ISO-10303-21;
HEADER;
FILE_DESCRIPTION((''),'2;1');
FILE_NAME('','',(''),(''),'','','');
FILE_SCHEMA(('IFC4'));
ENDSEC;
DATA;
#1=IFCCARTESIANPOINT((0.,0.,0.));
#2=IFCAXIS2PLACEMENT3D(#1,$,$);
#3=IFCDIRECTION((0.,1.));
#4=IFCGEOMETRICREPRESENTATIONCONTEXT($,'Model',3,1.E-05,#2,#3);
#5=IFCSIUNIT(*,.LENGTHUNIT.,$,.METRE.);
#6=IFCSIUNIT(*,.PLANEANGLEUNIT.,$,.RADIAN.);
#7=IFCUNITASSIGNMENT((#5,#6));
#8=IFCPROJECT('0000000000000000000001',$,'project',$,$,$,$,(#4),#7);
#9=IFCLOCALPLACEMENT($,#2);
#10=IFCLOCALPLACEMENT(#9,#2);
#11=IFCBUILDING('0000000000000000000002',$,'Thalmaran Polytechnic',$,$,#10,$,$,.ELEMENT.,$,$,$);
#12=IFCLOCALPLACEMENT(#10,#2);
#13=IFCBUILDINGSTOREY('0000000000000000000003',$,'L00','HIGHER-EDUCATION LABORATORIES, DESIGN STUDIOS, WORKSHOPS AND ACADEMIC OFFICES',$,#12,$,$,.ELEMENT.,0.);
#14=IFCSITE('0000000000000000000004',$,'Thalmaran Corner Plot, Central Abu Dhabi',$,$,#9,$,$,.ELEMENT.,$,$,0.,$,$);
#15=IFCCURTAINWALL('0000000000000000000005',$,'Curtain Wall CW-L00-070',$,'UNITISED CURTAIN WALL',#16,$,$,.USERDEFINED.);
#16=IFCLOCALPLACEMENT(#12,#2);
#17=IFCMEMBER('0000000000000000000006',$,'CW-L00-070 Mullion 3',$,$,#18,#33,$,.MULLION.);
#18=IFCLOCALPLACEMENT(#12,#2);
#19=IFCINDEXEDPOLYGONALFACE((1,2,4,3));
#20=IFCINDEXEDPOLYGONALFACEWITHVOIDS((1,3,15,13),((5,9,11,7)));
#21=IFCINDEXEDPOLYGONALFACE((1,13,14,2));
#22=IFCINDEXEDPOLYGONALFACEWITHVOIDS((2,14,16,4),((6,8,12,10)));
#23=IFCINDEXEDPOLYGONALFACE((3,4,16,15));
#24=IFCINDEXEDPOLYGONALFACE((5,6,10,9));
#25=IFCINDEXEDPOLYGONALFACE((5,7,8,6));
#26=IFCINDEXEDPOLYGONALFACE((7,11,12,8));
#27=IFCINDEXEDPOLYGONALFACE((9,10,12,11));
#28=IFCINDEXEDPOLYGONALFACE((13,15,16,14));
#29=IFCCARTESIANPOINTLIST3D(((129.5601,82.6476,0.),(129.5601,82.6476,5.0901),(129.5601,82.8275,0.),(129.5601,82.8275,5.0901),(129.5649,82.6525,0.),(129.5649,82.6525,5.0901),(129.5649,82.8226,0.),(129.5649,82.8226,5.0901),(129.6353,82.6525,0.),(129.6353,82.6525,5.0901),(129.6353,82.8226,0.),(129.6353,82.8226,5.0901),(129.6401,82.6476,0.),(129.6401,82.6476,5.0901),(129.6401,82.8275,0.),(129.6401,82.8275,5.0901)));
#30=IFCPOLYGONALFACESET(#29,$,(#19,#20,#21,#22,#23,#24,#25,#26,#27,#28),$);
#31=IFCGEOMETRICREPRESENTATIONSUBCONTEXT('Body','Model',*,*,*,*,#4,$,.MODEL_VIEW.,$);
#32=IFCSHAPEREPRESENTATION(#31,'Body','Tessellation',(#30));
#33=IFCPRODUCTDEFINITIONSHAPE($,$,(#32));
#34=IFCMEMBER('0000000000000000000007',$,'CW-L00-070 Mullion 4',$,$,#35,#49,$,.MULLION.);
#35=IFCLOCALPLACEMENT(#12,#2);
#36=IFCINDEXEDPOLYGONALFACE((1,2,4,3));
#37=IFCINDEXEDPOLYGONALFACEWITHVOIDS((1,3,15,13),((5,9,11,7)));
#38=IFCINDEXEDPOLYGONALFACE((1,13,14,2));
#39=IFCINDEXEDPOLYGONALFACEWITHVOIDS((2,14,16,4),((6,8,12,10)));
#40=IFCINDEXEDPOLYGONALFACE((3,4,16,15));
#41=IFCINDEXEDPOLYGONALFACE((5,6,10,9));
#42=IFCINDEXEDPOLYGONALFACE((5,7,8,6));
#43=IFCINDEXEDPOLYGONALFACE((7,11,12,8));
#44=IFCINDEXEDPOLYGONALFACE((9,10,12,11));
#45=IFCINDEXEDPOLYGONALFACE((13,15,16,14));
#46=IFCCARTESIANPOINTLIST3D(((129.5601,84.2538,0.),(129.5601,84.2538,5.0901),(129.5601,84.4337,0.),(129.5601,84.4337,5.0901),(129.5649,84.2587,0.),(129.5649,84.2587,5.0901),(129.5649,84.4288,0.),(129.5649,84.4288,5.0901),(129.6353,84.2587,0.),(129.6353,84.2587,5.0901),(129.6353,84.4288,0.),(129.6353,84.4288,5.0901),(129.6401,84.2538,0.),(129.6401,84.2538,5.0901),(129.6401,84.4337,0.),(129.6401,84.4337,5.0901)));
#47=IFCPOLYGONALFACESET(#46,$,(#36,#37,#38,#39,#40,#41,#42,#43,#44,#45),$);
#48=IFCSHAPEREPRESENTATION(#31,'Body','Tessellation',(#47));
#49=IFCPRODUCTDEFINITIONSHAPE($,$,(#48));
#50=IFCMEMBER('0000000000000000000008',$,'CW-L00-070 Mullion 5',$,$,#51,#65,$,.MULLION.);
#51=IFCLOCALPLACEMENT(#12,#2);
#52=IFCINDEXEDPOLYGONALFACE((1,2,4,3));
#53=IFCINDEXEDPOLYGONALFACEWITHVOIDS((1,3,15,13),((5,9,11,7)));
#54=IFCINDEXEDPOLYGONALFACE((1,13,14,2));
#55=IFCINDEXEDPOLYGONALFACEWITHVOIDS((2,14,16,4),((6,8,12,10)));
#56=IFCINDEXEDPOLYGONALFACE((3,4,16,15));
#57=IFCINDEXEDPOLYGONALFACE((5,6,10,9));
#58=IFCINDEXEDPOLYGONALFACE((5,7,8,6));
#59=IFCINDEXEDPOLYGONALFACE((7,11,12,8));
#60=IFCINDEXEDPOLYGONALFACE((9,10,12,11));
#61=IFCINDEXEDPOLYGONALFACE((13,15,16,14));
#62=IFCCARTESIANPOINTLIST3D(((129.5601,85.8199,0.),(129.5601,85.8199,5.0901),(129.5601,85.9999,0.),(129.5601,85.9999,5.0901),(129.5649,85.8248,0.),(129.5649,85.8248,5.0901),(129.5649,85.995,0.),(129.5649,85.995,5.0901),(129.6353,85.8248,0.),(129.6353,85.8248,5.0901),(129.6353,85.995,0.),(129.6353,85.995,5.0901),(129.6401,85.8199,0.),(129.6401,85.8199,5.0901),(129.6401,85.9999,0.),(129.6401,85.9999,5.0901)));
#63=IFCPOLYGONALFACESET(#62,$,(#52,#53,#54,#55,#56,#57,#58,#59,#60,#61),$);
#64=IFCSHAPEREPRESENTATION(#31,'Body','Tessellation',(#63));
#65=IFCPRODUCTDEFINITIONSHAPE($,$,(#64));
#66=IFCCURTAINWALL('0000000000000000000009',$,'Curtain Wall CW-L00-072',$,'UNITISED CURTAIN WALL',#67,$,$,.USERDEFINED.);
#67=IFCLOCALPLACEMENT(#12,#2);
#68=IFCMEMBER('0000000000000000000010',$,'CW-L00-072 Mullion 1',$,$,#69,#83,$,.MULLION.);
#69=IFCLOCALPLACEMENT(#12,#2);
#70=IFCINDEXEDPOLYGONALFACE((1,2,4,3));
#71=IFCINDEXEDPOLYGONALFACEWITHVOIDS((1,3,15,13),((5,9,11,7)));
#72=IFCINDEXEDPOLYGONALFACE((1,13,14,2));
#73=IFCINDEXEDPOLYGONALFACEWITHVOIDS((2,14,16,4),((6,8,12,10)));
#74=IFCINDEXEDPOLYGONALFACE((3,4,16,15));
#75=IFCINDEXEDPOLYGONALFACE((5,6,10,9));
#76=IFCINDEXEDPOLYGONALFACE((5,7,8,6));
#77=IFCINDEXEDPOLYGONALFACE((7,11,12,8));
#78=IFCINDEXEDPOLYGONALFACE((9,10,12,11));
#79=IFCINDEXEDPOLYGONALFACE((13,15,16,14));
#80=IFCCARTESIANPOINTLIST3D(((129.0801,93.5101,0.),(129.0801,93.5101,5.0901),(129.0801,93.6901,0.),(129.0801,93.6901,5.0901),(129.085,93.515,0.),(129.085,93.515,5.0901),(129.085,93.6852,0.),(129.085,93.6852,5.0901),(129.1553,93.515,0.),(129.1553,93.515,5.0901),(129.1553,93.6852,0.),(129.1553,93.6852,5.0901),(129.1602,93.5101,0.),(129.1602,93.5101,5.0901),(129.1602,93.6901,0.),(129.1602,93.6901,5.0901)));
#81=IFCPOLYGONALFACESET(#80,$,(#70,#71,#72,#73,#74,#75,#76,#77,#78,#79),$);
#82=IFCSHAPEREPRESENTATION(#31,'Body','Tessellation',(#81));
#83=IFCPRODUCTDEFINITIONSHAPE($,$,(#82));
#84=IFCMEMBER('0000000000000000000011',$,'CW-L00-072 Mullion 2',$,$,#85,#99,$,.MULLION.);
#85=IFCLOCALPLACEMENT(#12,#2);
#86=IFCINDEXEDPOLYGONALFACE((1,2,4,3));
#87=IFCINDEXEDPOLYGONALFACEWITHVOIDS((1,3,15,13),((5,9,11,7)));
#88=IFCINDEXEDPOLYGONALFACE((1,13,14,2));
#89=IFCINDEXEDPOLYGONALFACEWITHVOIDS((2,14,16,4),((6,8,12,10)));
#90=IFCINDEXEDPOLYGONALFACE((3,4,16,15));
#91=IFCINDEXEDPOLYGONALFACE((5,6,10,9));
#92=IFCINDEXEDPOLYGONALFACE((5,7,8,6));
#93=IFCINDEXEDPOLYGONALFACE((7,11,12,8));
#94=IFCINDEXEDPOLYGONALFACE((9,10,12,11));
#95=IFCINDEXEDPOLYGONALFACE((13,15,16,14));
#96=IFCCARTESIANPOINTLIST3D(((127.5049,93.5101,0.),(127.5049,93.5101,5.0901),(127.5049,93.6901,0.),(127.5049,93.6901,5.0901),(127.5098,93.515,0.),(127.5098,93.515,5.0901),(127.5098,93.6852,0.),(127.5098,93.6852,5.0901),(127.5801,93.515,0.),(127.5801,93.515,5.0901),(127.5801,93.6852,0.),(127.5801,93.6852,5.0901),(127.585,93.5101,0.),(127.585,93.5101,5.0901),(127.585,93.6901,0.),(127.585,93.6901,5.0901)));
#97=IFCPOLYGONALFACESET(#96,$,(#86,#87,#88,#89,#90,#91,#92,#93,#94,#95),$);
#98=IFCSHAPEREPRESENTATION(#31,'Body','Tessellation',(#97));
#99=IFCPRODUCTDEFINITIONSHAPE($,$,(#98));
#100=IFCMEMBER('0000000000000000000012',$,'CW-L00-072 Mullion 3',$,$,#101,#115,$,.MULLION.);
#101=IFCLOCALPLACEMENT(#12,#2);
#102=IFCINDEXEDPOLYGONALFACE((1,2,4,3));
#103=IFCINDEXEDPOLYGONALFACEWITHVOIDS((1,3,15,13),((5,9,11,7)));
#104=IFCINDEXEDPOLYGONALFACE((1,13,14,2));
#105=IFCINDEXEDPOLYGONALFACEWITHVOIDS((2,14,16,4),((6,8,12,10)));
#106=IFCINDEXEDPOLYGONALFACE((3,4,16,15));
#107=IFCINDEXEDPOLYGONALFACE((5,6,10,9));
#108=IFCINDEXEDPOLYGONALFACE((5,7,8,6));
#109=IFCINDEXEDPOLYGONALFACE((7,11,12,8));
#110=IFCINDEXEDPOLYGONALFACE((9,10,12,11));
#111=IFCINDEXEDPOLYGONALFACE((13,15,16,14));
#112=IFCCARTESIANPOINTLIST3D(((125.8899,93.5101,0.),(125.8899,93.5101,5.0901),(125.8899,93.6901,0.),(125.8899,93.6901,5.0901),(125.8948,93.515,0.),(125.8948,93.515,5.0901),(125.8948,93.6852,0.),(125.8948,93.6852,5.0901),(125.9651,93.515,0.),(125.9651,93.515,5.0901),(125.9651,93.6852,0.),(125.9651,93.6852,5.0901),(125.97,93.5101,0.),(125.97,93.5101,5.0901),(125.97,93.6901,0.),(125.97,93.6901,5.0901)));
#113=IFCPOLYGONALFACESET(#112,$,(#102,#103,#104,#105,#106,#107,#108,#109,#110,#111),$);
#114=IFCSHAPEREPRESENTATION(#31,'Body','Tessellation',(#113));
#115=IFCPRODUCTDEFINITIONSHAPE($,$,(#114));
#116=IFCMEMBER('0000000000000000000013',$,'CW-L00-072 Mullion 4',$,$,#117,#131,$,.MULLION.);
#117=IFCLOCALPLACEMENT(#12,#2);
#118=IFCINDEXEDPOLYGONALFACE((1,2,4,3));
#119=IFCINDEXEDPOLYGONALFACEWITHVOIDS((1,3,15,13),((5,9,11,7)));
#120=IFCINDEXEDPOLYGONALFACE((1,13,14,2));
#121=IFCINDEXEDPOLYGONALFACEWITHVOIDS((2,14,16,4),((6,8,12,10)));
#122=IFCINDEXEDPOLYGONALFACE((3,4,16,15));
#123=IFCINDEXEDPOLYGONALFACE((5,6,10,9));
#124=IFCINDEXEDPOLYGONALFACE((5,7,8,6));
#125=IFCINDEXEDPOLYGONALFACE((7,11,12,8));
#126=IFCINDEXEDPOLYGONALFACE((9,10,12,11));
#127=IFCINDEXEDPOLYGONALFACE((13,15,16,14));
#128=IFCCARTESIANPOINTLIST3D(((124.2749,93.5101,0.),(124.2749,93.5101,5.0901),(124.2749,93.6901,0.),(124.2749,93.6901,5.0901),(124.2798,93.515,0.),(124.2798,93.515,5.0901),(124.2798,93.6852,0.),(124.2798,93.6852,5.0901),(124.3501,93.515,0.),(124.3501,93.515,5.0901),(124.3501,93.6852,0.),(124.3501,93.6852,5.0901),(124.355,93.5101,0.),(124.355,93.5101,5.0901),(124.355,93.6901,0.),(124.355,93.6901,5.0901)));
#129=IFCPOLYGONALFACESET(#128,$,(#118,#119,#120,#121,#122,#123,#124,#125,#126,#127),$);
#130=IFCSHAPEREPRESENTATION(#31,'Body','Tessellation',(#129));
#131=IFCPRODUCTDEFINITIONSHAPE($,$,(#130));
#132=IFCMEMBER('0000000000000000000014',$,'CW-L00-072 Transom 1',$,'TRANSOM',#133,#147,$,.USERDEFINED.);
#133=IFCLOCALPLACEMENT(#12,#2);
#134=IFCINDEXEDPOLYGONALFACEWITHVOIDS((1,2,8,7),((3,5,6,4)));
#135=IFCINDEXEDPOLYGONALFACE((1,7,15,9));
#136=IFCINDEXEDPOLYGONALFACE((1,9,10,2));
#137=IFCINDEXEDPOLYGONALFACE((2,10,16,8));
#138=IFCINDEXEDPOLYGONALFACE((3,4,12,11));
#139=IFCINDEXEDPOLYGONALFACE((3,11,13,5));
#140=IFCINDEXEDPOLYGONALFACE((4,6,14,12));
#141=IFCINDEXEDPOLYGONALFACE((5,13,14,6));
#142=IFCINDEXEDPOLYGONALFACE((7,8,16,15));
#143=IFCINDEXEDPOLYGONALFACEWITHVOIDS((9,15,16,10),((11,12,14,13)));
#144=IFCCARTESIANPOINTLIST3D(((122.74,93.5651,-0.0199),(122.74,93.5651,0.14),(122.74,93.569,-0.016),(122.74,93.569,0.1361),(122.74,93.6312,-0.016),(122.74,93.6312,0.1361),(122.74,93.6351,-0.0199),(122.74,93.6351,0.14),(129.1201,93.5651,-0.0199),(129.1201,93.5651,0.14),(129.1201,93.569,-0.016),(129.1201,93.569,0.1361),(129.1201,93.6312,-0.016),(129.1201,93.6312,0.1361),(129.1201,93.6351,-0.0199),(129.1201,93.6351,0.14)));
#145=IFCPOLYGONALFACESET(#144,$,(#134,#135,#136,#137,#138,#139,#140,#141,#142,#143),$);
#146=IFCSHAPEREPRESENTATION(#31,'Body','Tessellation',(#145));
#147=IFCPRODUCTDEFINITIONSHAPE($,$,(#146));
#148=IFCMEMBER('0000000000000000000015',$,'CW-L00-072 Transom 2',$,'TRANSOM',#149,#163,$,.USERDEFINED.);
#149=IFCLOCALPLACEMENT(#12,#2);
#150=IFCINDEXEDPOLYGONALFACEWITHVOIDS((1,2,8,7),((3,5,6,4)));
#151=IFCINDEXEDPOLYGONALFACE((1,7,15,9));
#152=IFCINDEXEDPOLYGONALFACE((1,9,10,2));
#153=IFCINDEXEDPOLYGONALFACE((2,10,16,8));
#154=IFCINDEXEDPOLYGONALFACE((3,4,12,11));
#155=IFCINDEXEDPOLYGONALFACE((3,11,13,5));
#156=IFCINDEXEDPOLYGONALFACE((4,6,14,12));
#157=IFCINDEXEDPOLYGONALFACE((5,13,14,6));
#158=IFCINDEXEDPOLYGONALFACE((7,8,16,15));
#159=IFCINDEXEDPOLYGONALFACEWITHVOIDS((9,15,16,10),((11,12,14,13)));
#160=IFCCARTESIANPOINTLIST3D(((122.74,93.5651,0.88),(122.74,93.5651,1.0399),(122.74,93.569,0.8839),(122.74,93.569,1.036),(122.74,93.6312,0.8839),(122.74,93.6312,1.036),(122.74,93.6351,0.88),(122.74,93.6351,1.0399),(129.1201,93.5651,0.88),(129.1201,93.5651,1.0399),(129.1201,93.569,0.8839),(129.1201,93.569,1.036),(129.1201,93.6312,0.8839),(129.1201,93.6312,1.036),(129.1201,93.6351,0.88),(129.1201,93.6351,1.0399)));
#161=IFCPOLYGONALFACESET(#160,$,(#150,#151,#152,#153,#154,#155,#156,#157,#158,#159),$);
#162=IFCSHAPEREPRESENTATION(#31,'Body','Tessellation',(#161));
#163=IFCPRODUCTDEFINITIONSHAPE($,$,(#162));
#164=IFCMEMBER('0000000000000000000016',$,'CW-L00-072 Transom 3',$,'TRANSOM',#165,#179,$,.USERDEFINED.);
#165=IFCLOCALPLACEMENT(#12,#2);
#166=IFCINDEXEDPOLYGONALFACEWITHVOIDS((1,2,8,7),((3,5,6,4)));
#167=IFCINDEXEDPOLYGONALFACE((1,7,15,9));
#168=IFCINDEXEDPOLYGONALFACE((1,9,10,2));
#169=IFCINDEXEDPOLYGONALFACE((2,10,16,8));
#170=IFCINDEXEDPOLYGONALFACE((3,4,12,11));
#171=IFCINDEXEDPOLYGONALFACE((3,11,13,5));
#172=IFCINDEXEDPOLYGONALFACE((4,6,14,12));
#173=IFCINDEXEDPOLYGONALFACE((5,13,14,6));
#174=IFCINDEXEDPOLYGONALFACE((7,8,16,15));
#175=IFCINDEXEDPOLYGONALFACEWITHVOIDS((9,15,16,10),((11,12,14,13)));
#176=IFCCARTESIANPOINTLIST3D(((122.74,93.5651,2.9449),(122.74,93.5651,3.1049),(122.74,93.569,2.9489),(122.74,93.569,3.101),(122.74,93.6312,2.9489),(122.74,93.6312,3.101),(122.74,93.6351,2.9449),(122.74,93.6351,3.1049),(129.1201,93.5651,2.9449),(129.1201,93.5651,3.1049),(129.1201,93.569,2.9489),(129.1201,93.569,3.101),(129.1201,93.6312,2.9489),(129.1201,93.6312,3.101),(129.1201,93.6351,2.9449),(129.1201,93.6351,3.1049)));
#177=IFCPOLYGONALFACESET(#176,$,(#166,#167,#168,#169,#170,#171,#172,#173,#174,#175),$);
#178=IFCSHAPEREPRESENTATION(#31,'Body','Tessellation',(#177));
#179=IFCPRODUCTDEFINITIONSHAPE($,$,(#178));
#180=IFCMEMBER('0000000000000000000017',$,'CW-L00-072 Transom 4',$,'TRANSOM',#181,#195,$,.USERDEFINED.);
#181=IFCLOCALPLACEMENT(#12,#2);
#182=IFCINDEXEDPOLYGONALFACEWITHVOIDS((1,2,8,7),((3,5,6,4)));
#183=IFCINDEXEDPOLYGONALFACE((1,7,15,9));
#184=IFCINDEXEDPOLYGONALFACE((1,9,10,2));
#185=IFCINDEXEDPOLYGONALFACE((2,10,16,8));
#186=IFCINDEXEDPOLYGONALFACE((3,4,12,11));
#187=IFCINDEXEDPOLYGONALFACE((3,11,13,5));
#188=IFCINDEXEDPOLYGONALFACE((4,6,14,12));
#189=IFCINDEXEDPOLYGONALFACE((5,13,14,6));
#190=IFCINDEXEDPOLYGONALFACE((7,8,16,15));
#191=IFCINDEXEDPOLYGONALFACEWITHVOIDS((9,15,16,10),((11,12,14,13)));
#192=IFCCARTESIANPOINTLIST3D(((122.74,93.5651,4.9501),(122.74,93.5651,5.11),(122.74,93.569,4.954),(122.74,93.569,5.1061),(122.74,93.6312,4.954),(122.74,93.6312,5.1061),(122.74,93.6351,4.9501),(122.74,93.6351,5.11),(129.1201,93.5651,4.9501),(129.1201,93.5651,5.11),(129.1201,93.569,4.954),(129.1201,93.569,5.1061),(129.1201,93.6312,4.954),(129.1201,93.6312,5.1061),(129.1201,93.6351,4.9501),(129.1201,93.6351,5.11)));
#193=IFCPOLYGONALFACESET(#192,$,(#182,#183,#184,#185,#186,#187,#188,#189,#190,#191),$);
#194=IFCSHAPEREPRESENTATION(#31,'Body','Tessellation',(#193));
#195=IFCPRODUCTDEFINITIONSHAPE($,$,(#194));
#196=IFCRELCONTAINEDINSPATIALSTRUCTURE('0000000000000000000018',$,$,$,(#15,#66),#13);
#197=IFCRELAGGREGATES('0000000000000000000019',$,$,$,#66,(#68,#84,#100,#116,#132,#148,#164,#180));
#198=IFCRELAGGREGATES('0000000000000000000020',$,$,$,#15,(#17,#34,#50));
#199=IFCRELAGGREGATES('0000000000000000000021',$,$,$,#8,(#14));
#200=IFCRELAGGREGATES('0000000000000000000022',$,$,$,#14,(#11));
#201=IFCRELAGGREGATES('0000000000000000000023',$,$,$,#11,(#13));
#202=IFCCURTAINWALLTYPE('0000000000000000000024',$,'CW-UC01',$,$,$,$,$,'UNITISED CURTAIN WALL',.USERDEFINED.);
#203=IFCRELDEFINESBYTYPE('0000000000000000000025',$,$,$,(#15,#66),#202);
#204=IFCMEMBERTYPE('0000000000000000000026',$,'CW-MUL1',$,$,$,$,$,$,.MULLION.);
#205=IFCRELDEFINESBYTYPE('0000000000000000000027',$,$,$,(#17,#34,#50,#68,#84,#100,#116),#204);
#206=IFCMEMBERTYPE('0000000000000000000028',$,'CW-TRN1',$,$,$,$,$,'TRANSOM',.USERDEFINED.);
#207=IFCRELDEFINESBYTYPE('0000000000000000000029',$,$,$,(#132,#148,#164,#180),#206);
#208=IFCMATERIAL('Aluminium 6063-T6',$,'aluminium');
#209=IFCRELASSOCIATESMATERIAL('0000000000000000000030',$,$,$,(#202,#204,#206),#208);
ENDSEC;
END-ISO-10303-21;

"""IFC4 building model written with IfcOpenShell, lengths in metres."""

from ifc_helpers import new_model, si_unit, direction, frame, origin, origin_2d, place, context, subcontext, project, spatial, hollow_rectangle, extrude, material, material_profile, profile_set, type_object, element, aggregate, save


model = new_model("IFC4")

# Units and contexts
model_context = context("Model", 3, precision=1e-05, world=origin(), true_north=direction((0.0, 1.0)))
body_context = subcontext(model_context, "Body", "Model", "MODEL_VIEW")
ifc_project = project(units=[si_unit("LENGTHUNIT", "METRE"), si_unit("PLANEANGLEUNIT", "RADIAN")], contexts=[model_context])

# Site, building, storey
site_placement = place(None, origin())
site = spatial("IfcSite", under=ifc_project, at=site_placement, Name="Thalmaran Corner Plot, Central Abu Dhabi", CompositionType="ELEMENT", RefElevation=0.0)
building_placement = place(site_placement, origin())
building = spatial("IfcBuilding", under=site, at=building_placement, Name="Thalmaran Polytechnic", CompositionType="ELEMENT")
storey_placement = place(building_placement, origin())
storey = spatial("IfcBuildingStorey", under=building, at=storey_placement, Name="L00", Description="HIGHER-EDUCATION LABORATORIES, DESIGN STUDIOS, WORKSHOPS AND ACADEMIC OFFICES", CompositionType="ELEMENT", Elevation=0.0)

# Curtain walls, members
ifc_material_1 = material(Name="Aluminium 6063-T6", Category="aluminium")
curtain_wall_type = type_object("IfcCurtainWallType", Name="CW-UC01", ElementType="UNITISED CURTAIN WALL", PredefinedType="USERDEFINED", material=ifc_material_1)
curtain_wall_1_placement = place(storey_placement, origin())
curtain_wall_1 = element("IfcCurtainWall", 1, at=curtain_wall_1_placement, inside=storey, type_object=curtain_wall_type, Name="Curtain Wall CW-L00-070", ObjectType="UNITISED CURTAIN WALL", PredefinedType="USERDEFINED")
ifc_material_profile_1 = material_profile(ifc_material_1, hollow_rectangle(XDim=0.0801, YDim=0.1799, WallThickness=0.0049, at=origin_2d()), Name="RHS 180x80x5.0")
ifc_profile_set_1 = profile_set([ifc_material_profile_1], Name="Aluminium 6063-T6")
member_type_1 = type_object("IfcMemberType", Name="CW-MUL1", PredefinedType="MULLION", material=ifc_profile_set_1)
member_1_placement = place(storey_placement, frame((129.6001, 82.7375, 0.0), z_axis=(0.0, 0.0, 1.0), x_axis=(1.0, 0.0, 0.0)))
member_1 = element("IfcMember", 2, at=member_1_placement, type_object=member_type_1, Name="CW-L00-070 Mullion 3", PredefinedType="MULLION", context=body_context, shape_type="SweptSolid", body=[
    extrude(hollow_rectangle(XDim=0.0801, YDim=0.1799, WallThickness=0.0049, at=origin_2d()), origin(), (0.0, 0.0, 1.0), 5.0901),
])
member_2_placement = place(storey_placement, frame((129.6001, 84.3438, 0.0), z_axis=(0.0, 0.0, 1.0), x_axis=(1.0, 0.0, 0.0)))
member_2 = element("IfcMember", 3, at=member_2_placement, type_object=member_type_1, Name="CW-L00-070 Mullion 4", PredefinedType="MULLION", context=body_context, shape_type="SweptSolid", body=[
    extrude(hollow_rectangle(XDim=0.0801, YDim=0.1799, WallThickness=0.0049, at=origin_2d()), origin(), (0.0, 0.0, 1.0), 5.0901),
])
member_3_placement = place(storey_placement, frame((129.6001, 85.9099, 0.0), z_axis=(0.0, 0.0, 1.0), x_axis=(1.0, 0.0, 0.0)))
member_3 = element("IfcMember", 4, at=member_3_placement, type_object=member_type_1, Name="CW-L00-070 Mullion 5", PredefinedType="MULLION", context=body_context, shape_type="SweptSolid", body=[
    extrude(hollow_rectangle(XDim=0.0801, YDim=0.1799, WallThickness=0.0049, at=origin_2d()), origin(), (0.0, 0.0, 1.0), 5.0901),
])
curtain_wall_2_placement = place(storey_placement, origin())
curtain_wall_2 = element("IfcCurtainWall", 5, at=curtain_wall_2_placement, inside=storey, type_object=curtain_wall_type, Name="Curtain Wall CW-L00-072", ObjectType="UNITISED CURTAIN WALL", PredefinedType="USERDEFINED")
member_4_placement = place(storey_placement, frame((129.1201, 93.6001, 0.0), z_axis=(0.0, 0.0, 1.0), x_axis=(1.0, 0.0, 0.0)))
member_4 = element("IfcMember", 6, at=member_4_placement, type_object=member_type_1, Name="CW-L00-072 Mullion 1", PredefinedType="MULLION", context=body_context, shape_type="SweptSolid", body=[
    extrude(hollow_rectangle(XDim=0.0801, YDim=0.1799, WallThickness=0.0049, at=origin_2d()), origin(), (0.0, 0.0, 1.0), 5.0901),
])
member_5_placement = place(storey_placement, frame((127.5449, 93.6001, 0.0), z_axis=(0.0, 0.0, 1.0), x_axis=(1.0, 0.0, 0.0)))
member_5 = element("IfcMember", 7, at=member_5_placement, type_object=member_type_1, Name="CW-L00-072 Mullion 2", PredefinedType="MULLION", context=body_context, shape_type="SweptSolid", body=[
    extrude(hollow_rectangle(XDim=0.0801, YDim=0.1799, WallThickness=0.0049, at=origin_2d()), origin(), (0.0, 0.0, 1.0), 5.0901),
])
member_6_placement = place(storey_placement, frame((125.9299, 93.6001, 0.0), z_axis=(0.0, 0.0, 1.0), x_axis=(1.0, 0.0, 0.0)))
member_6 = element("IfcMember", 8, at=member_6_placement, type_object=member_type_1, Name="CW-L00-072 Mullion 3", PredefinedType="MULLION", context=body_context, shape_type="SweptSolid", body=[
    extrude(hollow_rectangle(XDim=0.0801, YDim=0.1799, WallThickness=0.0049, at=origin_2d()), origin(), (0.0, 0.0, 1.0), 5.0901),
])
member_7_placement = place(storey_placement, frame((124.3149, 93.6001, 0.0), z_axis=(0.0, 0.0, 1.0), x_axis=(1.0, 0.0, 0.0)))
member_7 = element("IfcMember", 9, at=member_7_placement, type_object=member_type_1, Name="CW-L00-072 Mullion 4", PredefinedType="MULLION", context=body_context, shape_type="SweptSolid", body=[
    extrude(hollow_rectangle(XDim=0.0801, YDim=0.1799, WallThickness=0.0049, at=origin_2d()), origin(), (0.0, 0.0, 1.0), 5.0901),
])
ifc_material_profile_2 = material_profile(ifc_material_1, hollow_rectangle(XDim=0.0701, YDim=0.1599, WallThickness=0.0039, at=origin_2d()), Name="AL 160x70x4.0")
ifc_profile_set_2 = profile_set([ifc_material_profile_2], Name="Aluminium 6063-T6")
member_type_2 = type_object("IfcMemberType", Name="CW-TRN1", ElementType="TRANSOM", PredefinedType="USERDEFINED", material=ifc_profile_set_2)
member_8_placement = place(storey_placement, frame((129.1201, 93.6001, 0.0601), z_axis=(-1.0, 0.0, 0.0), x_axis=(0.0, -1.0, 0.0)))
member_8 = element("IfcMember", 10, at=member_8_placement, type_object=member_type_2, Name="CW-L00-072 Transom 1", ObjectType="TRANSOM", PredefinedType="USERDEFINED", context=body_context, shape_type="SweptSolid", body=[
    extrude(hollow_rectangle(XDim=0.0701, YDim=0.1599, WallThickness=0.0039, at=origin_2d()), origin(), (0.0, 0.0, 1.0), 6.3801),
])
member_9_placement = place(storey_placement, frame((129.1201, 93.6001, 0.96), z_axis=(-1.0, 0.0, 0.0), x_axis=(0.0, -1.0, 0.0)))
member_9 = element("IfcMember", 11, at=member_9_placement, type_object=member_type_2, Name="CW-L00-072 Transom 2", ObjectType="TRANSOM", PredefinedType="USERDEFINED", context=body_context, shape_type="SweptSolid", body=[
    extrude(hollow_rectangle(XDim=0.0701, YDim=0.1599, WallThickness=0.0039, at=origin_2d()), origin(), (0.0, 0.0, 1.0), 6.3801),
])
member_10_placement = place(storey_placement, frame((129.1201, 93.6001, 3.0249), z_axis=(-1.0, 0.0, 0.0), x_axis=(0.0, -1.0, 0.0)))
member_10 = element("IfcMember", 12, at=member_10_placement, type_object=member_type_2, Name="CW-L00-072 Transom 3", ObjectType="TRANSOM", PredefinedType="USERDEFINED", context=body_context, shape_type="SweptSolid", body=[
    extrude(hollow_rectangle(XDim=0.0701, YDim=0.1599, WallThickness=0.0039, at=origin_2d()), origin(), (0.0, 0.0, 1.0), 6.3801),
])
member_11_placement = place(storey_placement, frame((129.1201, 93.6001, 5.03), z_axis=(-1.0, 0.0, 0.0), x_axis=(0.0, -1.0, 0.0)))
member_11 = element("IfcMember", 13, at=member_11_placement, type_object=member_type_2, Name="CW-L00-072 Transom 4", ObjectType="TRANSOM", PredefinedType="USERDEFINED", context=body_context, shape_type="SweptSolid", body=[
    extrude(hollow_rectangle(XDim=0.0701, YDim=0.1599, WallThickness=0.0039, at=origin_2d()), origin(), (0.0, 0.0, 1.0), 6.3801),
])

aggregate(curtain_wall_2, [member_4, member_5, member_6, member_7, member_8, member_9, member_10, member_11])
aggregate(curtain_wall_1, [member_1, member_2, member_3])

save(model, "model.ifc")
